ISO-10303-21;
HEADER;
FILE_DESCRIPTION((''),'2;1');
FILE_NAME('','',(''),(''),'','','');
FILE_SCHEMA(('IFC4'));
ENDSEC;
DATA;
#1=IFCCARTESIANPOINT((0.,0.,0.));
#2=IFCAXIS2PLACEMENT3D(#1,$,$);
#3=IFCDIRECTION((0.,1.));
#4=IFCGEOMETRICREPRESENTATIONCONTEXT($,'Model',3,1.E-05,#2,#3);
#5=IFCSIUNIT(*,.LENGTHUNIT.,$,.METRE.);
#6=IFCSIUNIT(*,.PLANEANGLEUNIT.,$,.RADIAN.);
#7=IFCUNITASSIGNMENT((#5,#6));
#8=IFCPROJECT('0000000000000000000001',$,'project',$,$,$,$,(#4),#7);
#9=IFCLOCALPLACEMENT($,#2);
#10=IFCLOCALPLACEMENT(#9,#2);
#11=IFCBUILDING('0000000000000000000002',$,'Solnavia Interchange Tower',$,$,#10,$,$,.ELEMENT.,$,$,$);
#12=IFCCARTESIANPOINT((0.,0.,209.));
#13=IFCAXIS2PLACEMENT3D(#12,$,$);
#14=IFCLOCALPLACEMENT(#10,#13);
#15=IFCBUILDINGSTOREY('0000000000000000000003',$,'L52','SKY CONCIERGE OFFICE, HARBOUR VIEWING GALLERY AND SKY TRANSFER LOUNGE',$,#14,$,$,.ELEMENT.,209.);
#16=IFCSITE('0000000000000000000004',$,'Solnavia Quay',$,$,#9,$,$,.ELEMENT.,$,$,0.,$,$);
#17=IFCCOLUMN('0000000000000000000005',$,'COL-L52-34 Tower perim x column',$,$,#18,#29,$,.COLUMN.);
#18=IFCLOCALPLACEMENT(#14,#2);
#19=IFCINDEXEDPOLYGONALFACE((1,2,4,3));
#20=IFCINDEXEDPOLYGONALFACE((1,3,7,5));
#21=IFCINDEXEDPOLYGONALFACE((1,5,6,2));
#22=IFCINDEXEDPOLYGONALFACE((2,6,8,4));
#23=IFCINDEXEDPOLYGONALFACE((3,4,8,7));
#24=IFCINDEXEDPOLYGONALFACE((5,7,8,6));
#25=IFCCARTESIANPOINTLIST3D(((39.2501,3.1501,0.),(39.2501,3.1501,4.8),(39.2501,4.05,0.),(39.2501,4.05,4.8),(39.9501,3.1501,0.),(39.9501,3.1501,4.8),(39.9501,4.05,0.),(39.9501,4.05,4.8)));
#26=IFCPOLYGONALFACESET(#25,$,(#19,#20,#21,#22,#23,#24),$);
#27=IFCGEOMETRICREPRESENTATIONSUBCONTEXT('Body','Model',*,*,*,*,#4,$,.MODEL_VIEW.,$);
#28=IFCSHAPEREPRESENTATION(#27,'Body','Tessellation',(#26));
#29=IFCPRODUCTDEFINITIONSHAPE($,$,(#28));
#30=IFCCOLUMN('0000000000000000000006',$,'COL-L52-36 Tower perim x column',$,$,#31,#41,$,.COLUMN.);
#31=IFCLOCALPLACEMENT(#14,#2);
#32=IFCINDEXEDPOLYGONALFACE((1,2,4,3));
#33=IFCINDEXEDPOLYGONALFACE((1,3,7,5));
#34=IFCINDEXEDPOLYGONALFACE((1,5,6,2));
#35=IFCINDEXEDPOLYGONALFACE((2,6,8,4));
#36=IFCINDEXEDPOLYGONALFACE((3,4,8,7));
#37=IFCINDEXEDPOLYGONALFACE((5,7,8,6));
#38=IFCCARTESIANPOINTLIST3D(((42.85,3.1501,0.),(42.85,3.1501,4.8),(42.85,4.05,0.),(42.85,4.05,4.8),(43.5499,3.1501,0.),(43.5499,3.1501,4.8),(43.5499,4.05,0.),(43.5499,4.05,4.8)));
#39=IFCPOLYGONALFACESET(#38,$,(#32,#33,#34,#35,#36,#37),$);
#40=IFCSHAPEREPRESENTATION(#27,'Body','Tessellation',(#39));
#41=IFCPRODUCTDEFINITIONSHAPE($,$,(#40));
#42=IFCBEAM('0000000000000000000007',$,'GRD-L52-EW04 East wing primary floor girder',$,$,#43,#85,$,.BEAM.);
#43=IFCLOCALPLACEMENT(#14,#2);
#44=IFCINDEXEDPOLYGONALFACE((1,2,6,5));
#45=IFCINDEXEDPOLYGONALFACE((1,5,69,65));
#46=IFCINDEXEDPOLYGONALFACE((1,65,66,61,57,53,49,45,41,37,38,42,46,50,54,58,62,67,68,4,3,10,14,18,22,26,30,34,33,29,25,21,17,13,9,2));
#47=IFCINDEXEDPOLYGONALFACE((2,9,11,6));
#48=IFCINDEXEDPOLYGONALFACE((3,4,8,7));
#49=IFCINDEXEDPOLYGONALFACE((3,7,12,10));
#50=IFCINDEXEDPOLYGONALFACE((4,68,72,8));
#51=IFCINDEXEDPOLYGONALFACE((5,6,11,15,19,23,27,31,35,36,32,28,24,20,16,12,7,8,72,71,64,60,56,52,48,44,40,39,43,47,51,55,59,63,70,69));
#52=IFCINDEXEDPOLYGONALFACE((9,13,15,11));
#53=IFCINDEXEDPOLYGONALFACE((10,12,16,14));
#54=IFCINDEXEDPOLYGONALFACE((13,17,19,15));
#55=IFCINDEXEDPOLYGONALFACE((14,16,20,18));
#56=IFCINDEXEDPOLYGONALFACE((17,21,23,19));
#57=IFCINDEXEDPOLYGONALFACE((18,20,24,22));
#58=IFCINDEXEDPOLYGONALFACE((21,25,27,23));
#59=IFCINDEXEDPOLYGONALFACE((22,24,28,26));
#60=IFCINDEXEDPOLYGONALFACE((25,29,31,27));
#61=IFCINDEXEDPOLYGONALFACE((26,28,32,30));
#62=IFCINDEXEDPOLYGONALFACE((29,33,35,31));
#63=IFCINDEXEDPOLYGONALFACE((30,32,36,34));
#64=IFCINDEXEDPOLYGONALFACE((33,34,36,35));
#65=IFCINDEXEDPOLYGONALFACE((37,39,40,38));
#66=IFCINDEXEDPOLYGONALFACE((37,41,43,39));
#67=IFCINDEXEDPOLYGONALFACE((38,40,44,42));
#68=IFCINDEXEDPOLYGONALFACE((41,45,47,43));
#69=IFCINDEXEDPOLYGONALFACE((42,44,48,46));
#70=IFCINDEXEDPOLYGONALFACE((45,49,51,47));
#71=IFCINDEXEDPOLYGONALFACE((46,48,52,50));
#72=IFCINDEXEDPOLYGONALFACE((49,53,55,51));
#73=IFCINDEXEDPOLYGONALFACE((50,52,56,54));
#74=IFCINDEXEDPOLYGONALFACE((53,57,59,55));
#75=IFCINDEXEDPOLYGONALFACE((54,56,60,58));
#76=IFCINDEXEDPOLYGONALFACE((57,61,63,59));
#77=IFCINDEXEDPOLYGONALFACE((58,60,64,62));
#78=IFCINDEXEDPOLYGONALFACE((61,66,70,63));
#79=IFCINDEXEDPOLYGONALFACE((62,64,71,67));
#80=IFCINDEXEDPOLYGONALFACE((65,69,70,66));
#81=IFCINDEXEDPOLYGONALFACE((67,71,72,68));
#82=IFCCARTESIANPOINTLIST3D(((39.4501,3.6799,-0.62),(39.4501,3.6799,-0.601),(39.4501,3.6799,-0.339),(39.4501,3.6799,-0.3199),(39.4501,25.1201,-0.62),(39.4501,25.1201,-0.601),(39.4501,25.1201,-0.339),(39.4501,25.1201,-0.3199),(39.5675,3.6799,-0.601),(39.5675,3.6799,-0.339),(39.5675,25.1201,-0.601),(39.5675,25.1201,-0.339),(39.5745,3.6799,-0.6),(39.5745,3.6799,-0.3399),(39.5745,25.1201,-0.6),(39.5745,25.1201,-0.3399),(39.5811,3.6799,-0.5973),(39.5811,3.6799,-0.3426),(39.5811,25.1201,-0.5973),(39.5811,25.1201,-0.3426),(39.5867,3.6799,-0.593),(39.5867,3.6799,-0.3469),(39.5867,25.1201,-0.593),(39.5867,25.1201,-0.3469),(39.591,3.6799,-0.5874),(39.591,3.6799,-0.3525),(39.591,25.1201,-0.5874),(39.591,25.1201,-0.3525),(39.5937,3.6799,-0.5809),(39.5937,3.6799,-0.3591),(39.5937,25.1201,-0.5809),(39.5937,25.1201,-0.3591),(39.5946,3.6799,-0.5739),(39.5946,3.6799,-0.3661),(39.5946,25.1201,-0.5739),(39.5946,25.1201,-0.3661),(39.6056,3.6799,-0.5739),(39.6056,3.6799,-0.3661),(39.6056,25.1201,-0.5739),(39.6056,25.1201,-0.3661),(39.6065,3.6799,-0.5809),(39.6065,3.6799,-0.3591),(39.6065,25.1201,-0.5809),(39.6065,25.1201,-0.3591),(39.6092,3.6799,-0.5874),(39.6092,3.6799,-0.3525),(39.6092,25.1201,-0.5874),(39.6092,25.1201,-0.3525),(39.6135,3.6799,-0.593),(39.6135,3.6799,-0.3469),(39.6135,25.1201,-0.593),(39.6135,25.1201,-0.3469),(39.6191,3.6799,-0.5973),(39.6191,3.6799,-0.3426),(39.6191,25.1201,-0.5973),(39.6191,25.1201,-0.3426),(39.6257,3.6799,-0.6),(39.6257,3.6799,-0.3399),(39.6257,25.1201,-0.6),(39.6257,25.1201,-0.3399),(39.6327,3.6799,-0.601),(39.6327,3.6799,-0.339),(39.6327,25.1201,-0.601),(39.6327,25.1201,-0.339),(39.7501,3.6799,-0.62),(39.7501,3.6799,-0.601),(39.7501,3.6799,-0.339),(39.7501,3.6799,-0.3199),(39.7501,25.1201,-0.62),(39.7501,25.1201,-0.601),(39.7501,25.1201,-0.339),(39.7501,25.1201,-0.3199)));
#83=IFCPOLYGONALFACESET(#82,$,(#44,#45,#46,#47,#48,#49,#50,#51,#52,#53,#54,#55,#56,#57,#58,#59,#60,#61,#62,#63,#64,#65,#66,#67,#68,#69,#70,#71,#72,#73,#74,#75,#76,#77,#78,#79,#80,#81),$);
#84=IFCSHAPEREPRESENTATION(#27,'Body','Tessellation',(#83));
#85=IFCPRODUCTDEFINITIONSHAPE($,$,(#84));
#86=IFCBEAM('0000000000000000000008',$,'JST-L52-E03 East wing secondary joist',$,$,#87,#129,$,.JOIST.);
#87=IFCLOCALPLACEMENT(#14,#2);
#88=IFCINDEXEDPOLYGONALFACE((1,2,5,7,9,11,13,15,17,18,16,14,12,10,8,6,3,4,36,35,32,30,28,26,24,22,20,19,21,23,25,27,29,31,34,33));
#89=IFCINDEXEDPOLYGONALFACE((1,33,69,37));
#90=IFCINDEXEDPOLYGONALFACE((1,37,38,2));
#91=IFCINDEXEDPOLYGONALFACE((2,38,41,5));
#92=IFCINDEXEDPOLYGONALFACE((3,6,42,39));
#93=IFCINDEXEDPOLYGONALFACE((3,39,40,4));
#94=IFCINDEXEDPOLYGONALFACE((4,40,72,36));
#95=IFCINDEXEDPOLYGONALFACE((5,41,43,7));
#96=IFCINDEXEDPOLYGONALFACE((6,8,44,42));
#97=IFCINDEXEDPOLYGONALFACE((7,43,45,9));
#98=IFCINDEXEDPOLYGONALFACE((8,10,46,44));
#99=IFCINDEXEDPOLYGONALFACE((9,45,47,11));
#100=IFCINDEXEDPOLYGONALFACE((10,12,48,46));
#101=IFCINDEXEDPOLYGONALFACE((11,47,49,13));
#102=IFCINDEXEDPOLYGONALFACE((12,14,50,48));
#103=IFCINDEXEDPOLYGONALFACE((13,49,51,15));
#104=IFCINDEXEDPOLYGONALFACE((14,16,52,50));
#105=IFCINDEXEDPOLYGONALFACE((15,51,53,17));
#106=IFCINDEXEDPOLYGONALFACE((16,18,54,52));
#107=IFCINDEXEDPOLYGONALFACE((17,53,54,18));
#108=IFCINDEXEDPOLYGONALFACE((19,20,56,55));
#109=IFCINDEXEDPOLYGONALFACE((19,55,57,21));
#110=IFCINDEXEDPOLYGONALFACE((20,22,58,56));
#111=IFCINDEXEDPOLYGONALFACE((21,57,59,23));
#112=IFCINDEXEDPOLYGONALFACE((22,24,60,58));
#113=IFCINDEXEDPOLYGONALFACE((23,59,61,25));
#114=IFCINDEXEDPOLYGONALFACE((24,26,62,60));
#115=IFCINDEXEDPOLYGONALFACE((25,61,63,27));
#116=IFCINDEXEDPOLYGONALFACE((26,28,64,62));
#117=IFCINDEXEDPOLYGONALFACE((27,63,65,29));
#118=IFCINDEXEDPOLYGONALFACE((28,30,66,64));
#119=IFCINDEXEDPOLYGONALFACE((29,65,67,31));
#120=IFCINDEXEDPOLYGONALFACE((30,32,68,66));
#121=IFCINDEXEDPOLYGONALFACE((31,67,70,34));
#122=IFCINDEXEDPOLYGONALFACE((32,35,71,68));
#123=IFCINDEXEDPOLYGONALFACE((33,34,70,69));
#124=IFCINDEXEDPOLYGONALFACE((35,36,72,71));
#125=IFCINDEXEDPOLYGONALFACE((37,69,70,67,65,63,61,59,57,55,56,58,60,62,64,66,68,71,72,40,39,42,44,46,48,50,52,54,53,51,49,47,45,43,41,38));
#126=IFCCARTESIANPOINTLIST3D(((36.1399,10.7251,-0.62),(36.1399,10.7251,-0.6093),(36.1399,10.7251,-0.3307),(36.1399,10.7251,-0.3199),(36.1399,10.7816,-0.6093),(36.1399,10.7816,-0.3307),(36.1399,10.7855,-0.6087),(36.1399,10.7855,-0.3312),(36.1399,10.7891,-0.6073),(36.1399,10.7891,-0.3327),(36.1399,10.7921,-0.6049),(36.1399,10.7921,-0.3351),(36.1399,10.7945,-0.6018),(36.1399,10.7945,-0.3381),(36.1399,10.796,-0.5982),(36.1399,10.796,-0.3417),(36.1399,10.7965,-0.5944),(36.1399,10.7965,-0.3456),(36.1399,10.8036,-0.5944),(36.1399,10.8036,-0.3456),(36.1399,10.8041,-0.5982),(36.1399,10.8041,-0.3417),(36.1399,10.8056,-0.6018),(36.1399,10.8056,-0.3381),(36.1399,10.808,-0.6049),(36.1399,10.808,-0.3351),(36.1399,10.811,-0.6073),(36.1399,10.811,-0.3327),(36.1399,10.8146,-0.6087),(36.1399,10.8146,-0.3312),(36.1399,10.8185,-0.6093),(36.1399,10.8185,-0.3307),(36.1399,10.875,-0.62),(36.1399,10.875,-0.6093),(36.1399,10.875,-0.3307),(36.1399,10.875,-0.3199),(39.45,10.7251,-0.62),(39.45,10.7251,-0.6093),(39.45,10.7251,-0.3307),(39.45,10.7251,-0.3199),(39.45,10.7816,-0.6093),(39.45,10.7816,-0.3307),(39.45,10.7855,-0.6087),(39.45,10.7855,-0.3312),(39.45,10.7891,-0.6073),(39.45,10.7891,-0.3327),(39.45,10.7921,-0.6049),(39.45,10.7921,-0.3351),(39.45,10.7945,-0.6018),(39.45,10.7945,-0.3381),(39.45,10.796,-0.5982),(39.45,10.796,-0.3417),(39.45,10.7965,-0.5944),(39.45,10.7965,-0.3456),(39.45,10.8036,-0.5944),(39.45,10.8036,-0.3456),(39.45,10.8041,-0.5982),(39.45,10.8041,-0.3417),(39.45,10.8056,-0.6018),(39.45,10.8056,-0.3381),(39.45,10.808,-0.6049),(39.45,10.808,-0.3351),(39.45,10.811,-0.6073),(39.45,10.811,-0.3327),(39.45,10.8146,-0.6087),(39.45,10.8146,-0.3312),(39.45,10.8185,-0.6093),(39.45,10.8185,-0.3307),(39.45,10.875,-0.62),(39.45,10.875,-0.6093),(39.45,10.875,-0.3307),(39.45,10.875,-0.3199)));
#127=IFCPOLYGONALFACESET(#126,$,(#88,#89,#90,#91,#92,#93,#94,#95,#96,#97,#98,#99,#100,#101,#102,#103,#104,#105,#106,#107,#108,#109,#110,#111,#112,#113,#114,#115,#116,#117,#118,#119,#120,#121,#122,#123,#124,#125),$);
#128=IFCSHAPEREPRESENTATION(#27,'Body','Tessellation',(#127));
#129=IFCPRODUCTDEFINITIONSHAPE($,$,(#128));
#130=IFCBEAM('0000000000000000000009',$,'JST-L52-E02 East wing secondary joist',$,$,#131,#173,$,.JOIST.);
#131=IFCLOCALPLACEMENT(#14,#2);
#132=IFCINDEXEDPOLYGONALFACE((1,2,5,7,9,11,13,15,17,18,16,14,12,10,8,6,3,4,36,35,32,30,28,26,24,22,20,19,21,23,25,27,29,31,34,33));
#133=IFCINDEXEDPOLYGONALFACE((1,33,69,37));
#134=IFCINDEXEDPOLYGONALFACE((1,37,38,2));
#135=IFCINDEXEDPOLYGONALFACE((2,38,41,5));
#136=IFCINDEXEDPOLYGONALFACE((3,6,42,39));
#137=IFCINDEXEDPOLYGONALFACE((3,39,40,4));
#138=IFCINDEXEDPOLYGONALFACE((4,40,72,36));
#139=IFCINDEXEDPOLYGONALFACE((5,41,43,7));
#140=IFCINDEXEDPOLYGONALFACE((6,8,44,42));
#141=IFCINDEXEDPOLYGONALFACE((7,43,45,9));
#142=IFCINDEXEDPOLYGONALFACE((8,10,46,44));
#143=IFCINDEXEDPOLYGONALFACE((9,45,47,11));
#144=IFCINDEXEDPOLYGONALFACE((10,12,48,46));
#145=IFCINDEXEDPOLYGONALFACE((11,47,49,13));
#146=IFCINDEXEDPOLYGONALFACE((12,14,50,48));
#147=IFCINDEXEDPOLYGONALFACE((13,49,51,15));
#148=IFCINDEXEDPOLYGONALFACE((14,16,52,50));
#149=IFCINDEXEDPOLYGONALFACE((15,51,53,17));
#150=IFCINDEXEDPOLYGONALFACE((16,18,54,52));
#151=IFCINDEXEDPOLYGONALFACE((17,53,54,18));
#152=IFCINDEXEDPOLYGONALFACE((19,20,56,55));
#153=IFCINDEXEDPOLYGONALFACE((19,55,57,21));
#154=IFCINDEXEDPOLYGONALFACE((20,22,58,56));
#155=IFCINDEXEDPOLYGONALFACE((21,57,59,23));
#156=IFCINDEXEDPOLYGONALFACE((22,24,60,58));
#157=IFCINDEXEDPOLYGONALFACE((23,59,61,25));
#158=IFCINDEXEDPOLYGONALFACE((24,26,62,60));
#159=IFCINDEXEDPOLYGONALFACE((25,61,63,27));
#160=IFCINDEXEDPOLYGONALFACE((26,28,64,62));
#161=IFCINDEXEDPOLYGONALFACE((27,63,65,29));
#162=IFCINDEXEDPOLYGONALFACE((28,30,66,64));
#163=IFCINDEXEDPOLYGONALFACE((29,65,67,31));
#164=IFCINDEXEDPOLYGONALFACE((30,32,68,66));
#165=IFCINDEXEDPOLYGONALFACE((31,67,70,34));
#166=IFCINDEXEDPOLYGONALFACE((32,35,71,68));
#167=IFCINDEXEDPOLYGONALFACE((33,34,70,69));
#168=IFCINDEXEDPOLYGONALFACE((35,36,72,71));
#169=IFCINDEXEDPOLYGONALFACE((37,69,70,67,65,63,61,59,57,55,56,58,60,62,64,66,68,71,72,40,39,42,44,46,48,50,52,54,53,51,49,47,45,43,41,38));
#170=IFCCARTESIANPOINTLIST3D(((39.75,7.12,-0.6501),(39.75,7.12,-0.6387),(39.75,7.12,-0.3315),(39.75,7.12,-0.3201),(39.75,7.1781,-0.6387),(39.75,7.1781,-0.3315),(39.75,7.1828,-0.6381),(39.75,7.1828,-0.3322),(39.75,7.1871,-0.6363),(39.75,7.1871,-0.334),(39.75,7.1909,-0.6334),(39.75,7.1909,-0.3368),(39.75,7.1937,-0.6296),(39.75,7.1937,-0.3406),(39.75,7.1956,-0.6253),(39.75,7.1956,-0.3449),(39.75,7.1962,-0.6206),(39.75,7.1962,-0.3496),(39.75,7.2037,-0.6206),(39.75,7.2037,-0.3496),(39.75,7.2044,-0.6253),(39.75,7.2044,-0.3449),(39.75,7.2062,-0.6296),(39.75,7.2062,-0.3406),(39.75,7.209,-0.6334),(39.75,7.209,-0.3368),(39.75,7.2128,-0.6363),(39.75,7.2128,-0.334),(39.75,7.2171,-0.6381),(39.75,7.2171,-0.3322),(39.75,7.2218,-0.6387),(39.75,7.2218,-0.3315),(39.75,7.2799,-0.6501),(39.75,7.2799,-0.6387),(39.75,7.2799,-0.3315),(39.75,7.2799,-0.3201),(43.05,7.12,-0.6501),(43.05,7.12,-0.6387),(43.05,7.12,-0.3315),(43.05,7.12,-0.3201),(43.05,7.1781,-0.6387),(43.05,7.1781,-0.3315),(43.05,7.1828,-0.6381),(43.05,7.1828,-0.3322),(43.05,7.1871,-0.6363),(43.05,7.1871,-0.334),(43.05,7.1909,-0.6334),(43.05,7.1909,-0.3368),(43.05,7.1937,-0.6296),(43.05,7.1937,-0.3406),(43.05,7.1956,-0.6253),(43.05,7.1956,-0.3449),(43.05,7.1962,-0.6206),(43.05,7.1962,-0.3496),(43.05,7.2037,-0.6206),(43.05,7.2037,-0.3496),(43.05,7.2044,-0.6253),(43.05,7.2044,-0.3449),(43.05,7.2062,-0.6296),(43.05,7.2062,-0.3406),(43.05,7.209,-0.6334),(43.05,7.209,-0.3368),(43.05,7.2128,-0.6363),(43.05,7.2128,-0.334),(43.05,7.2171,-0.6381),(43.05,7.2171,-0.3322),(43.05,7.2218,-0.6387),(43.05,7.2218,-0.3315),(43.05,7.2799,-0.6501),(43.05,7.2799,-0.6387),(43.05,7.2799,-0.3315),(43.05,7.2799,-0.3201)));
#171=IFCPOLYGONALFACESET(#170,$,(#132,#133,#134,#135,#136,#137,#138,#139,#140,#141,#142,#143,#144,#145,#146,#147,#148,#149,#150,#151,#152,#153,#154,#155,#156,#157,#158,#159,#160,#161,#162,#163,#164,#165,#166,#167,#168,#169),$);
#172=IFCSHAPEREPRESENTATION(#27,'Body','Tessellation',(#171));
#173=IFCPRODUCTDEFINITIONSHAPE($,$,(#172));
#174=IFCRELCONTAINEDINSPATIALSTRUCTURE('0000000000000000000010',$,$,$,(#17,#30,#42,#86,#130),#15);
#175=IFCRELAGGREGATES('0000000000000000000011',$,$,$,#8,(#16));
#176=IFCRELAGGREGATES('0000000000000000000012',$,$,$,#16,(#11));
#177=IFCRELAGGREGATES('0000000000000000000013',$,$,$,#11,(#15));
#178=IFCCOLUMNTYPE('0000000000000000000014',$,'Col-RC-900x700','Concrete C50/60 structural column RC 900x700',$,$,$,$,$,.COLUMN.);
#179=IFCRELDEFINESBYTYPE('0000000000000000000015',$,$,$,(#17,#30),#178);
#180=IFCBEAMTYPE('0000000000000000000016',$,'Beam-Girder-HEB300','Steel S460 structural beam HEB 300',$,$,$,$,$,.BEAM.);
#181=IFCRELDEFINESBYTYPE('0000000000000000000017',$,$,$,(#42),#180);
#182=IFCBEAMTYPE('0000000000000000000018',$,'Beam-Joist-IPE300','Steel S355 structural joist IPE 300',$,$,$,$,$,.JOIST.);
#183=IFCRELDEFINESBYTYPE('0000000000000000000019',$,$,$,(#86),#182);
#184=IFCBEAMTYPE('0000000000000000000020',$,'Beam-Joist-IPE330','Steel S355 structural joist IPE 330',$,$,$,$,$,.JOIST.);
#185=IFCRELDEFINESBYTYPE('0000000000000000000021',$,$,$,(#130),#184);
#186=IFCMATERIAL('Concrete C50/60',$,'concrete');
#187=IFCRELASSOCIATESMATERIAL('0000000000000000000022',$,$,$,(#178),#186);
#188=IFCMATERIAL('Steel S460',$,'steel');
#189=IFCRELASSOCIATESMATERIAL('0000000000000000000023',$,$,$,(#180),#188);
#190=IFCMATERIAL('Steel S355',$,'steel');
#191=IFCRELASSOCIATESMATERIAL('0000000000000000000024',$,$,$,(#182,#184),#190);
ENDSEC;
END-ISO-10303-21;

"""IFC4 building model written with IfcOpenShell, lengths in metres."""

from ifc_helpers import new_model, si_unit, direction, frame, origin, origin_2d, place, context, subcontext, project, spatial, rectangle, i_section, extrude, material, material_profile, profile_set, type_object, element, save


model = new_model("IFC4")

# Units and contexts
model_context = context("Model", 3, precision=1e-05, world=origin(), true_north=direction((0.0, 1.0)))
body_context = subcontext(model_context, "Body", "Model", "MODEL_VIEW")
ifc_project = project(units=[si_unit("LENGTHUNIT", "METRE"), si_unit("PLANEANGLEUNIT", "RADIAN")], contexts=[model_context])

# Site, building, storey
site_placement = place(None, origin())
site = spatial("IfcSite", under=ifc_project, at=site_placement, Name="Solnavia Quay", CompositionType="ELEMENT", RefElevation=0.0)
building_placement = place(site_placement, origin())
building = spatial("IfcBuilding", under=site, at=building_placement, Name="Solnavia Interchange Tower", CompositionType="ELEMENT")
storey_placement = place(building_placement, frame((0.0, 0.0, 209.0)))
storey = spatial("IfcBuildingStorey", under=building, at=storey_placement, Name="L52", Description="SKY CONCIERGE OFFICE, HARBOUR VIEWING GALLERY AND SKY TRANSFER LOUNGE", CompositionType="ELEMENT", Elevation=209.0)

# Columns
ifc_material_1 = material(Name="Concrete C50/60", Category="concrete")
ifc_material_profile_1 = material_profile(ifc_material_1, rectangle(XDim=0.7, YDim=0.8999, at=origin_2d()), Name="RC 900x700")
ifc_profile_set_1 = profile_set([ifc_material_profile_1], Name="Concrete C50/60")
column_type = type_object("IfcColumnType", Name="Col-RC-900x700", Description="Concrete C50/60 structural column RC 900x700", PredefinedType="COLUMN", material=ifc_profile_set_1)
for number, where, z_axis, x_axis, name in (
    (1, (39.6001, 3.6001, 0.0), (0.0, 0.0, 1.0), (1.0, 0.0, 0.0), "COL-L52-34 Tower perim x column"),
    (2, (43.2, 3.6001, 0.0), (0.0, 0.0, 1.0), (1.0, 0.0, 0.0), "COL-L52-36 Tower perim x column"),
):
    element("IfcColumn", number, at=place(storey_placement, frame(where, z_axis=z_axis, x_axis=x_axis)), inside=storey, type_object=column_type, Name=name, PredefinedType="COLUMN", context=body_context, shape_type="SweptSolid", body=[
        extrude(rectangle(XDim=0.7, YDim=0.8999, at=origin_2d()), origin(), (0.0, 0.0, 1.0), 4.8),
    ])

# Beams
ifc_material_2 = material(Name="Steel S460", Category="steel")
ifc_material_profile_2 = material_profile(ifc_material_2, i_section(OverallWidth=0.3, OverallDepth=0.3, WebThickness=0.011, FlangeThickness=0.019, FilletRadius=0.0271, at=origin_2d()), Name="HEB 300")
ifc_profile_set_2 = profile_set([ifc_material_profile_2], Name="Steel S460")
beam_type_1 = type_object("IfcBeamType", Name="Beam-Girder-HEB300", Description="Steel S460 structural beam HEB 300", PredefinedType="BEAM", material=ifc_profile_set_2)
beam_1_placement = place(storey_placement, frame((39.6001, 3.6799, -0.47), z_axis=(0.0, 1.0, 0.0), x_axis=(-1.0, 0.0, 0.0)))
element("IfcBeam", 3, at=beam_1_placement, inside=storey, type_object=beam_type_1, Name="GRD-L52-EW04 East wing primary floor girder", PredefinedType="BEAM", context=body_context, shape_type="SweptSolid", body=[
    extrude(i_section(OverallWidth=0.3, OverallDepth=0.3, WebThickness=0.011, FlangeThickness=0.019, FilletRadius=0.0271, at=origin_2d()), origin(), (0.0, 0.0, 1.0), 21.4402),
])
ifc_material_3 = material(Name="Steel S355", Category="steel")
ifc_material_profile_3 = material_profile(ifc_material_3, i_section(OverallWidth=0.1499, OverallDepth=0.3, WebThickness=0.0071, FlangeThickness=0.0107, FilletRadius=0.0149, at=origin_2d()), Name="IPE 300")
ifc_profile_set_3 = profile_set([ifc_material_profile_3], Name="Steel S355")
beam_type_2 = type_object("IfcBeamType", Name="Beam-Joist-IPE300", Description="Steel S355 structural joist IPE 300", PredefinedType="JOIST", material=ifc_profile_set_3)
beam_2_placement = place(storey_placement, frame((36.1399, 10.8, -0.47), z_axis=(1.0, 0.0, 0.0), x_axis=(0.0, 1.0, 0.0)))
element("IfcBeam", 4, at=beam_2_placement, inside=storey, type_object=beam_type_2, Name="JST-L52-E03 East wing secondary joist", PredefinedType="JOIST", context=body_context, shape_type="SweptSolid", body=[
    extrude(i_section(OverallWidth=0.1499, OverallDepth=0.3, WebThickness=0.0071, FlangeThickness=0.0107, FilletRadius=0.0149, at=origin_2d()), origin(), (0.0, 0.0, 1.0), 3.3101),
])
ifc_material_profile_4 = material_profile(ifc_material_3, i_section(OverallWidth=0.1599, OverallDepth=0.3301, WebThickness=0.0076, FlangeThickness=0.0115, FilletRadius=0.0181, at=origin_2d()), Name="IPE 330")
ifc_profile_set_4 = profile_set([ifc_material_profile_4], Name="Steel S355")
beam_type_3 = type_object("IfcBeamType", Name="Beam-Joist-IPE330", Description="Steel S355 structural joist IPE 330", PredefinedType="JOIST", material=ifc_profile_set_4)
beam_3_placement = place(storey_placement, frame((39.75, 7.2, -0.4851), z_axis=(1.0, 0.0, 0.0), x_axis=(0.0, 1.0, 0.0)))
element("IfcBeam", 5, at=beam_3_placement, inside=storey, type_object=beam_type_3, Name="JST-L52-E02 East wing secondary joist", PredefinedType="JOIST", context=body_context, shape_type="SweptSolid", body=[
    extrude(i_section(OverallWidth=0.1599, OverallDepth=0.3301, WebThickness=0.0076, FlangeThickness=0.0115, FilletRadius=0.0181, at=origin_2d()), origin(), (0.0, 0.0, 1.0), 3.3),
])

save(model, "model.ifc")
